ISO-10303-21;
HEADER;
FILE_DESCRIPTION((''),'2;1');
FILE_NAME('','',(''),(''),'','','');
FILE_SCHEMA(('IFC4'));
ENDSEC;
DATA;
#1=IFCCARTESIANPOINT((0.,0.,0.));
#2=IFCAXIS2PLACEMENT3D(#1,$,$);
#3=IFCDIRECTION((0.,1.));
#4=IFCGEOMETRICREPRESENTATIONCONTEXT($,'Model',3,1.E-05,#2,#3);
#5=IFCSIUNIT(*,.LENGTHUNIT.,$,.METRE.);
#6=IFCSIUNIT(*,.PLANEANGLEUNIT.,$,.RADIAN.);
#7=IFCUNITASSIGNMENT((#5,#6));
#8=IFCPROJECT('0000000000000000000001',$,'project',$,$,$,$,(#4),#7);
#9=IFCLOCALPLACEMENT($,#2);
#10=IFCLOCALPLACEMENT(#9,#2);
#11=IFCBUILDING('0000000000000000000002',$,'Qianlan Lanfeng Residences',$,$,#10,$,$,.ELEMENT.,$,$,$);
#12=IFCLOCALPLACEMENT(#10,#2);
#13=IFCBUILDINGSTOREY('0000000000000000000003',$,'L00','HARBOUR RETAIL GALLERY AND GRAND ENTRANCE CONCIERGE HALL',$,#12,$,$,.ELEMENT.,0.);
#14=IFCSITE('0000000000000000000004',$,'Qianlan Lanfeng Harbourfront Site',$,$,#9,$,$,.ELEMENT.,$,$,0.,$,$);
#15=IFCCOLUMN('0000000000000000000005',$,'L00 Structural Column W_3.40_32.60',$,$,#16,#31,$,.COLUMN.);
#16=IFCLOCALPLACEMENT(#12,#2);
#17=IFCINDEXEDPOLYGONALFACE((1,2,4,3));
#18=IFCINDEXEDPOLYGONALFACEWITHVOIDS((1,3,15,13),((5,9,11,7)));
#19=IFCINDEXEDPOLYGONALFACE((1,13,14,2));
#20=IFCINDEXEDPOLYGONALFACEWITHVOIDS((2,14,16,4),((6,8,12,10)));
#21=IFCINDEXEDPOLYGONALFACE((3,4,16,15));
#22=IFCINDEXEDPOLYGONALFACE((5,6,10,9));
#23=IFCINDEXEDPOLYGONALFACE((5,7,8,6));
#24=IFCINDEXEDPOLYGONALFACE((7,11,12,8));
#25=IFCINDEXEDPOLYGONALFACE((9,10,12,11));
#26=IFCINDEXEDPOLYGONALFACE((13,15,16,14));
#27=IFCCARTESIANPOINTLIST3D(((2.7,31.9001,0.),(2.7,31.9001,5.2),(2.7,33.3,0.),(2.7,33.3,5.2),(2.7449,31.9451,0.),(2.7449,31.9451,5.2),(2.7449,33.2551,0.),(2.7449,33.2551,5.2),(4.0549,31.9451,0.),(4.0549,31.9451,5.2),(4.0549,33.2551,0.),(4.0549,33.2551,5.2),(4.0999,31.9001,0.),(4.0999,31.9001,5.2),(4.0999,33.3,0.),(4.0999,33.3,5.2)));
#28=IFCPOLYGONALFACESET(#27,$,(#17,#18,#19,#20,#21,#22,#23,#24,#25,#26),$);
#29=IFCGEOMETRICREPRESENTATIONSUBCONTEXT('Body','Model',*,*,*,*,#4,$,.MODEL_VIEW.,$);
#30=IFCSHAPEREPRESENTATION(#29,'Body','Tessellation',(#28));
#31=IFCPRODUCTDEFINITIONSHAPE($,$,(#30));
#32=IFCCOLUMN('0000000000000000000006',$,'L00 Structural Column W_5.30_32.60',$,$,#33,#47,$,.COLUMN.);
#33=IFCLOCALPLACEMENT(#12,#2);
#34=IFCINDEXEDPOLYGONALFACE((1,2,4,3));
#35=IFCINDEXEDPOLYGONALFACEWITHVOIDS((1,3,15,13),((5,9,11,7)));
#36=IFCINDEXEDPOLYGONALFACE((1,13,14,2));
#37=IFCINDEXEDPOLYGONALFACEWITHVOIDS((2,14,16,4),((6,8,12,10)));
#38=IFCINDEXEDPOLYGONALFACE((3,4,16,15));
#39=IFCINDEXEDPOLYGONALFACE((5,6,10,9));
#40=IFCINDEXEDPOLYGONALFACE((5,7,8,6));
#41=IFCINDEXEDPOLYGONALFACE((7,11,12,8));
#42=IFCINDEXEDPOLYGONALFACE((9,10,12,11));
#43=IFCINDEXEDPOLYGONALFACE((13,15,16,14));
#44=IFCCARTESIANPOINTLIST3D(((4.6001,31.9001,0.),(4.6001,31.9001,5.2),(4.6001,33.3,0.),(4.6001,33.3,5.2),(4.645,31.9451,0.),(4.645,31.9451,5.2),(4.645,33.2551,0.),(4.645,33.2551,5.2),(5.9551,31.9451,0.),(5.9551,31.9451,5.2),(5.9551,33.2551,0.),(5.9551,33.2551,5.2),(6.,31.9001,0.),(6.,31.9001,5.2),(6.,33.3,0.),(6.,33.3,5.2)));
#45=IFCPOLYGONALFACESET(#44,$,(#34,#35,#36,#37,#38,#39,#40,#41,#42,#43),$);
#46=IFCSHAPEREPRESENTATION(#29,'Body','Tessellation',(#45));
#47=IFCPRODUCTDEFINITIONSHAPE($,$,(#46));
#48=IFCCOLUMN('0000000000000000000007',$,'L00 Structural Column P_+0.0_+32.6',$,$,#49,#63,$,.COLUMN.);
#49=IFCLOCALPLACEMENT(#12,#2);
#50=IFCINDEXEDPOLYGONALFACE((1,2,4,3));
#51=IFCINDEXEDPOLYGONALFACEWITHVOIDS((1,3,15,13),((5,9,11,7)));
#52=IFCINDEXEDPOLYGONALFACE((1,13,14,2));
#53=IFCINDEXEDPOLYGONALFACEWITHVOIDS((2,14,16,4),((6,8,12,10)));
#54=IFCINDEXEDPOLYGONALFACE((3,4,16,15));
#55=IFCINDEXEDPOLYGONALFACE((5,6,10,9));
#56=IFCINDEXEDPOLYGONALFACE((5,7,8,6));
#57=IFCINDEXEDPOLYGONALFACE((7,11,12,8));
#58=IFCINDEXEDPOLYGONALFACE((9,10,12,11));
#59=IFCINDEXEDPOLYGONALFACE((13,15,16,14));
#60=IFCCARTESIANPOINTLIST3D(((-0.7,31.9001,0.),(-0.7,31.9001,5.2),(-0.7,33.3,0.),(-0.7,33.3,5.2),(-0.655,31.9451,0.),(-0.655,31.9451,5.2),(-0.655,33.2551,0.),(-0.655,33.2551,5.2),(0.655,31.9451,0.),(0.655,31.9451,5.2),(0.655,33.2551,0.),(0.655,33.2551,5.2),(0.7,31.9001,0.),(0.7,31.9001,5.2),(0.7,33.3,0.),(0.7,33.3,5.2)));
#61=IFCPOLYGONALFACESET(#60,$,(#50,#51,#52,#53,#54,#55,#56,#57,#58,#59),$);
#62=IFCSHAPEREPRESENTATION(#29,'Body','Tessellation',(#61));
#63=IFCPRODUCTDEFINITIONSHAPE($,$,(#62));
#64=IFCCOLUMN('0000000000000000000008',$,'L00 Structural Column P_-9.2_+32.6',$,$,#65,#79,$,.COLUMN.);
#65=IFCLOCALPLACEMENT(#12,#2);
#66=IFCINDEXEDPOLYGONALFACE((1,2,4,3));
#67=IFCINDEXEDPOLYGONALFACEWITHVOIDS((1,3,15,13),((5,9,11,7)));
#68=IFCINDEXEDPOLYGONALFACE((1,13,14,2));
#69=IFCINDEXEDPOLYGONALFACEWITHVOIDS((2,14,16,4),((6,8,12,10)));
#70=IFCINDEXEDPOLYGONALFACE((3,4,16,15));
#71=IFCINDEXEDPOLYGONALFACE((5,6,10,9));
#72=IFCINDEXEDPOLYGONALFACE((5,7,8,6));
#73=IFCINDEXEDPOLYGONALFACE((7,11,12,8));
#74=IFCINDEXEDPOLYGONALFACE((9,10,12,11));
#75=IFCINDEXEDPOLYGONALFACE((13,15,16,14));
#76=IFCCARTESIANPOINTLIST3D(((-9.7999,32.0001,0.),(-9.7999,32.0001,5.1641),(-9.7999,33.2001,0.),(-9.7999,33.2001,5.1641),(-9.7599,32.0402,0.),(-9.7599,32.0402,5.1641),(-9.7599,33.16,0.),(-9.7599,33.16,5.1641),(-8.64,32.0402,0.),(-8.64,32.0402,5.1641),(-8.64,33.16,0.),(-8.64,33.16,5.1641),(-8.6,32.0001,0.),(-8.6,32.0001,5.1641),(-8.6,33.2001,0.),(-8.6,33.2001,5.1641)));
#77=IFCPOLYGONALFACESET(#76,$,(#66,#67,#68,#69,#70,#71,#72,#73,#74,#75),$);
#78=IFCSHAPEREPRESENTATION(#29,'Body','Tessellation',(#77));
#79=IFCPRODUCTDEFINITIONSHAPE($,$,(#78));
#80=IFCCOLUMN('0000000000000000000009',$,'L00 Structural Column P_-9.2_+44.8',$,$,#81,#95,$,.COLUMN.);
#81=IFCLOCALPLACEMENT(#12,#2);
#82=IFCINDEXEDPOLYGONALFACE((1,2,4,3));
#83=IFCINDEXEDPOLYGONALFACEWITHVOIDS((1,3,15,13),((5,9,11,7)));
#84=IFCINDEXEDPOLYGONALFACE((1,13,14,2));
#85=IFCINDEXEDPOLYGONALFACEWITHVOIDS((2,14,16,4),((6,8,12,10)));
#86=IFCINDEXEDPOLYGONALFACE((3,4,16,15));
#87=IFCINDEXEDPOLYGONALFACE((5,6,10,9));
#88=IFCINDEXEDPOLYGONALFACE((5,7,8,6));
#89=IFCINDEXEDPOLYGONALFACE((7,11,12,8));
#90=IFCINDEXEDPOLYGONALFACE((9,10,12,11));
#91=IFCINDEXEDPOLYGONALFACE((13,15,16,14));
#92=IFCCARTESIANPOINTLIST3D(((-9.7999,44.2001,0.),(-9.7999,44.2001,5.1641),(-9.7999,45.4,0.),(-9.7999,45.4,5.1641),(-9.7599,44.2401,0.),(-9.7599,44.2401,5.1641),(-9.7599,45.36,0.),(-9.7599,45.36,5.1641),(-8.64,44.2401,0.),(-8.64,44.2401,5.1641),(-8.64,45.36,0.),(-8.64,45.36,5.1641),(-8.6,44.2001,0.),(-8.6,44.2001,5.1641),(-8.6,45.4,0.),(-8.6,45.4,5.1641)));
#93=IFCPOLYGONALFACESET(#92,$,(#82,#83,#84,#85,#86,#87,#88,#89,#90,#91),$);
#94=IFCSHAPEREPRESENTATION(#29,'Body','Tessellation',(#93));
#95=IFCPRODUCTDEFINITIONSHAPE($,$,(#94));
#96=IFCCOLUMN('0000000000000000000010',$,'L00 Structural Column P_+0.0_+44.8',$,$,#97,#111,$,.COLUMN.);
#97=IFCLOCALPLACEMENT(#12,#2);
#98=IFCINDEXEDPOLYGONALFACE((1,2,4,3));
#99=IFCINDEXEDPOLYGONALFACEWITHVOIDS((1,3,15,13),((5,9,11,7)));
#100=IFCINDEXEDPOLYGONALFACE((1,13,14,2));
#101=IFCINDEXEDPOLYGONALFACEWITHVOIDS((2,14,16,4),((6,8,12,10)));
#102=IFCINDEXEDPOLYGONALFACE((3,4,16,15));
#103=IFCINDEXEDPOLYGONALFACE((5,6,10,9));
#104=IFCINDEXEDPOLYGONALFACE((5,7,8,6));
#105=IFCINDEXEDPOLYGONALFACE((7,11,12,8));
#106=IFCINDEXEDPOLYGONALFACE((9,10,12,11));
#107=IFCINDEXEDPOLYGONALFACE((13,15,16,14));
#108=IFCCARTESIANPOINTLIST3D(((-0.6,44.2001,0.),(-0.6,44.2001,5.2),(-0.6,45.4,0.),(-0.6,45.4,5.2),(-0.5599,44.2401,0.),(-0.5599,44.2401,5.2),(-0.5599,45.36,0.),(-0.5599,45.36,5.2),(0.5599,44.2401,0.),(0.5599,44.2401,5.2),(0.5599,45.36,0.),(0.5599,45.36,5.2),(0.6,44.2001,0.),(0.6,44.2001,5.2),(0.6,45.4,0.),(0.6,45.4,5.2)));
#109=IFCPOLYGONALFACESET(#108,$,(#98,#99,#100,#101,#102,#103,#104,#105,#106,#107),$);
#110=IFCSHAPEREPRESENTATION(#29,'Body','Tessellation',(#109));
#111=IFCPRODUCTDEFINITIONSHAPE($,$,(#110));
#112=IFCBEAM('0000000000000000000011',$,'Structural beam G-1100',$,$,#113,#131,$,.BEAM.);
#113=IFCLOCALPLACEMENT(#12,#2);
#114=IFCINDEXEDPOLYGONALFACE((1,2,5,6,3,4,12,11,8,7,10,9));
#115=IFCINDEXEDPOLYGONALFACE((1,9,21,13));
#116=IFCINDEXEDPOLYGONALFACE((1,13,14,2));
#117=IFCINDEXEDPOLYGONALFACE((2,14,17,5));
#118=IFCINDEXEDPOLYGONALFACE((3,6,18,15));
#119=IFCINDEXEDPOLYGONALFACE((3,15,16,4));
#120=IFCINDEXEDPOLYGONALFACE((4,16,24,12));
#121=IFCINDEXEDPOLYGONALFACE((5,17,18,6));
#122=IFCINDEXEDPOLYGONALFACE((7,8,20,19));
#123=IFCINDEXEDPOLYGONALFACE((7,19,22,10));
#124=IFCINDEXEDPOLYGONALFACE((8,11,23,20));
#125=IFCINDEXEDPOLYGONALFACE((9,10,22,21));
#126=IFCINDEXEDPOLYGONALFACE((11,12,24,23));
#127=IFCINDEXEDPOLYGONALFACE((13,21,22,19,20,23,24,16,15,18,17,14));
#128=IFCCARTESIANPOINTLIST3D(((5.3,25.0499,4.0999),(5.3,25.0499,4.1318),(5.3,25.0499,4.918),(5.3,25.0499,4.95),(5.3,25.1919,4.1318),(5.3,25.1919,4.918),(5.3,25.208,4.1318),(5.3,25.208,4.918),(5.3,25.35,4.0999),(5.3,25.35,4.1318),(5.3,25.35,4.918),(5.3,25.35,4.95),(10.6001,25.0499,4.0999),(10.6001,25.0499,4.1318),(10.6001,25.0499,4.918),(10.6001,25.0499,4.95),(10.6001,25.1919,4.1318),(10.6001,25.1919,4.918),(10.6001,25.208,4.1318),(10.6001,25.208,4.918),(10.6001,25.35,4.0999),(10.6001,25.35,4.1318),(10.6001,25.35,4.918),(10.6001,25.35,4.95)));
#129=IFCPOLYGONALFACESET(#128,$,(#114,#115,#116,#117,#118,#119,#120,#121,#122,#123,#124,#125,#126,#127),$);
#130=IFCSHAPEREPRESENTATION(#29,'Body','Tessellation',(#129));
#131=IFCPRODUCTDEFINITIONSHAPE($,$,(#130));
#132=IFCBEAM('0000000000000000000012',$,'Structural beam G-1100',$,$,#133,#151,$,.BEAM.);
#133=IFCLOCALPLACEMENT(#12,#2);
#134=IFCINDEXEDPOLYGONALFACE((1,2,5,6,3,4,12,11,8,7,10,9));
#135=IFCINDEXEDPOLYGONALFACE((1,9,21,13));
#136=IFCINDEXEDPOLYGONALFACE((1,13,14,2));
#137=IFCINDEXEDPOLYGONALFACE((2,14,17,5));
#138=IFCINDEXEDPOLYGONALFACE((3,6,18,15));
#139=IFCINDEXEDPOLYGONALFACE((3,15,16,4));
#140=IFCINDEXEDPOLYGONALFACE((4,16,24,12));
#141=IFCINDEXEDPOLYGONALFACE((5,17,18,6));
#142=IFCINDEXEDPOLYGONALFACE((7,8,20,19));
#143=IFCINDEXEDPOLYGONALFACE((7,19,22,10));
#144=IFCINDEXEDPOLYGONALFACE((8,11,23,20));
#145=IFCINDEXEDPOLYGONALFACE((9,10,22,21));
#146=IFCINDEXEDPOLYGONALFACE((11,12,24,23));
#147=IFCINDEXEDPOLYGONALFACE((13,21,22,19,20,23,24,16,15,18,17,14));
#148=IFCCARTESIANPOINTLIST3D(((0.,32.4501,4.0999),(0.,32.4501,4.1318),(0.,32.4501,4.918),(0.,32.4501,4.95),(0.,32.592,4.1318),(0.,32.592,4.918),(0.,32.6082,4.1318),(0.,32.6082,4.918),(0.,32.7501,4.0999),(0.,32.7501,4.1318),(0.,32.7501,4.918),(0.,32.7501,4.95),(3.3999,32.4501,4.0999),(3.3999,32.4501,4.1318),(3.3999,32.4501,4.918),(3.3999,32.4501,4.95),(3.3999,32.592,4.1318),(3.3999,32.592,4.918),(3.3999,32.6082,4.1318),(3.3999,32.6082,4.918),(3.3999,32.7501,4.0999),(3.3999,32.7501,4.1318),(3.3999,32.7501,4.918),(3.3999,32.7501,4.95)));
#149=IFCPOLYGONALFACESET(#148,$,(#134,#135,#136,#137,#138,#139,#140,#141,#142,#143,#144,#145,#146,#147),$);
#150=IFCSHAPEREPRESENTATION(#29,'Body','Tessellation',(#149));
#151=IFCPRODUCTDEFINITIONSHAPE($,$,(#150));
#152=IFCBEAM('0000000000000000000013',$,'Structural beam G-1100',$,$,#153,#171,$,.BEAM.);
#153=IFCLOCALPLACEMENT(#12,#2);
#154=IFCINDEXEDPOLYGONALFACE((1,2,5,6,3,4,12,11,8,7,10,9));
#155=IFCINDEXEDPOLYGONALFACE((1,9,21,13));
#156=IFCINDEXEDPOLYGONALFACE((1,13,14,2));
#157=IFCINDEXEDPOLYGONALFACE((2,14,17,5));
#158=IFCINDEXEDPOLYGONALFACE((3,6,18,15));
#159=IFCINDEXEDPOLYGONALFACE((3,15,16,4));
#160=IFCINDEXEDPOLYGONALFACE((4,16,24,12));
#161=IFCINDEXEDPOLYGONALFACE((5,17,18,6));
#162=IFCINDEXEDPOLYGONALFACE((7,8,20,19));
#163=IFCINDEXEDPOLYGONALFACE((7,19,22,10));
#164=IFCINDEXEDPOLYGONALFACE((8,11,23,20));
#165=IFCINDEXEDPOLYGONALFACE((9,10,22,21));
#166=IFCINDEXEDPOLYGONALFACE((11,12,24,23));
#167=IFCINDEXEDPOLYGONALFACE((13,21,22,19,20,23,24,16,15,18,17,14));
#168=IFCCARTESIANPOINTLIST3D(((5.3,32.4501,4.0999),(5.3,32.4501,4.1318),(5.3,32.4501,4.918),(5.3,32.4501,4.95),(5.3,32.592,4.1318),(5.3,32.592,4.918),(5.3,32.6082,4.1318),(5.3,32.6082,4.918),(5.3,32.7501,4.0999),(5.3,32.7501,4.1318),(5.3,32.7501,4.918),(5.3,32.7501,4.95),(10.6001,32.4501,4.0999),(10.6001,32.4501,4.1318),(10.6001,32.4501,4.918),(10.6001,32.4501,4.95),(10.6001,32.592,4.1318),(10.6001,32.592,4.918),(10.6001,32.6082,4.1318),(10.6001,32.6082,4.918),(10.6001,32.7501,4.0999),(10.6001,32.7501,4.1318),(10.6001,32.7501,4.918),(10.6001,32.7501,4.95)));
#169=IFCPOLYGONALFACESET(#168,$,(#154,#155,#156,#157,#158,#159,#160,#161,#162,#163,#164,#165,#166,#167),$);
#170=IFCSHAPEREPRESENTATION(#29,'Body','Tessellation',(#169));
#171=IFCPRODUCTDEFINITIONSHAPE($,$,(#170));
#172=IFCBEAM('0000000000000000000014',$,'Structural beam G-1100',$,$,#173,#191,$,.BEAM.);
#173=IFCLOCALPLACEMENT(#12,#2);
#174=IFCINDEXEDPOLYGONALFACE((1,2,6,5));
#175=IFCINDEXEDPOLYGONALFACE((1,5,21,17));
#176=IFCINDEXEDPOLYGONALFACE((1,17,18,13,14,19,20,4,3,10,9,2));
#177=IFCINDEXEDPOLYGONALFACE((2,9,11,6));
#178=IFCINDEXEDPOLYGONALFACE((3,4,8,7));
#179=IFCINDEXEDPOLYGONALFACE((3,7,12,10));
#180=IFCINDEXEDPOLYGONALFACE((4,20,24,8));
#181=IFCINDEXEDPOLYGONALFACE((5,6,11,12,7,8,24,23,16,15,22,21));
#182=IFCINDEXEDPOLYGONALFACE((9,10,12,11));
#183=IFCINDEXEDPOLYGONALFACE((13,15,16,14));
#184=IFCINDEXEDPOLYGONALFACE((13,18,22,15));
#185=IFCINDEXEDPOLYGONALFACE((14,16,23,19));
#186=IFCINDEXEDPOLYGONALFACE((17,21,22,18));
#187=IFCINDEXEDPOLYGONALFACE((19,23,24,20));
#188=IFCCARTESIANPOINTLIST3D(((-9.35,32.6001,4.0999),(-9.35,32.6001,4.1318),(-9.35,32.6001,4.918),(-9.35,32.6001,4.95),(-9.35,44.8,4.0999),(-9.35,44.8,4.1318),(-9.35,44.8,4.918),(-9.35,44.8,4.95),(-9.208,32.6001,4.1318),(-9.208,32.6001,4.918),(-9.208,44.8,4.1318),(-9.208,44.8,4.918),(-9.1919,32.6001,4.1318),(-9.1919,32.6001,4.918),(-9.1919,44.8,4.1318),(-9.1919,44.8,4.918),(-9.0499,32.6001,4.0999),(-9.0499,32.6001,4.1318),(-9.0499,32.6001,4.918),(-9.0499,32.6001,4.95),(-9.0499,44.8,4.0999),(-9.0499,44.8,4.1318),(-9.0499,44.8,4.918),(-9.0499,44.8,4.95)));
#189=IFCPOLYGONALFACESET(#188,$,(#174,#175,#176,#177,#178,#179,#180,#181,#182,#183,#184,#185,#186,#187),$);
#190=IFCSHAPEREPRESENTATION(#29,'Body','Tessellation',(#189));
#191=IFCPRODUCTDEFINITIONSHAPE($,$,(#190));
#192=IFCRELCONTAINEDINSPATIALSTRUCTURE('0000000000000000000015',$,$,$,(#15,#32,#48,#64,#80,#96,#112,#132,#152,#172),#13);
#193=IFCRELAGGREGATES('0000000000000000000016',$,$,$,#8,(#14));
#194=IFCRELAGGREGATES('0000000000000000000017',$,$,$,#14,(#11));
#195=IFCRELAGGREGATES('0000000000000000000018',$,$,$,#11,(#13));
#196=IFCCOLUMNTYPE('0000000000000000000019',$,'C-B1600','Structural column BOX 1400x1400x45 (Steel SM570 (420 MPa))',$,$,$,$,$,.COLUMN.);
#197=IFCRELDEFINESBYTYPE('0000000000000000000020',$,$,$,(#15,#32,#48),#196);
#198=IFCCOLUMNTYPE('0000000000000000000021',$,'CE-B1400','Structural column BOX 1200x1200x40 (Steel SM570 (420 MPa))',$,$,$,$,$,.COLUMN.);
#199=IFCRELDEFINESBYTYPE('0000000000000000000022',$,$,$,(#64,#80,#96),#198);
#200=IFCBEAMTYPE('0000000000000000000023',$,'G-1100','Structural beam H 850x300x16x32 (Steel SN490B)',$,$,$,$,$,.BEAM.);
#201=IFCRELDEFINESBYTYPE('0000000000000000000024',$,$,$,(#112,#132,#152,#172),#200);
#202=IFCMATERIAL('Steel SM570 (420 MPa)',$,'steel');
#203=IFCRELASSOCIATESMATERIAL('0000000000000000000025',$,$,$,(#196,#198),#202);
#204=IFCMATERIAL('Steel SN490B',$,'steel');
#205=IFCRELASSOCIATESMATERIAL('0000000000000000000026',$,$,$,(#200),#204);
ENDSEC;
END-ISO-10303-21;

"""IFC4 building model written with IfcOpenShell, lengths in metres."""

from ifc_helpers import new_model, si_unit, direction, frame, origin, origin_2d, place, context, subcontext, project, spatial, hollow_rectangle, i_section, extrude, material, material_profile, profile_set, type_object, element, save


model = new_model("IFC4")

# Units and contexts
model_context = context("Model", 3, precision=1e-05, world=origin(), true_north=direction((0.0, 1.0)))
body_context = subcontext(model_context, "Body", "Model", "MODEL_VIEW")
ifc_project = project(units=[si_unit("LENGTHUNIT", "METRE"), si_unit("PLANEANGLEUNIT", "RADIAN")], contexts=[model_context])

# Site, building, storey
site_placement = place(None, origin())
site = spatial("IfcSite", under=ifc_project, at=site_placement, Name="Qianlan Lanfeng Harbourfront Site", CompositionType="ELEMENT", RefElevation=0.0)
building_placement = place(site_placement, origin())
building = spatial("IfcBuilding", under=site, at=building_placement, Name="Qianlan Lanfeng Residences", CompositionType="ELEMENT")
storey_placement = place(building_placement, origin())
storey = spatial("IfcBuildingStorey", under=building, at=storey_placement, Name="L00", Description="HARBOUR RETAIL GALLERY AND GRAND ENTRANCE CONCIERGE HALL", CompositionType="ELEMENT", Elevation=0.0)

# Columns
ifc_material_1 = material(Name="Steel SM570 (420 MPa)", Category="steel")
ifc_material_profile_1 = material_profile(ifc_material_1, hollow_rectangle(XDim=1.3999, YDim=1.3999, WallThickness=0.0449, at=origin_2d()), Name="BOX 1400x1400x45")
ifc_profile_set_1 = profile_set([ifc_material_profile_1], Name="Steel SM570 (420 MPa)")
column_type_1 = type_object("IfcColumnType", Name="C-B1600", Description="Structural column BOX 1400x1400x45 (Steel SM570 (420 MPa))", PredefinedType="COLUMN", material=ifc_profile_set_1)
for number, where, z_axis, x_axis, name in (
    (1, (3.3999, 32.6001, 0.0), (0.0, 0.0, 1.0), (1.0, 0.0, 0.0), "L00 Structural Column W_3.40_32.60"),
    (2, (5.3, 32.6001, 0.0), (0.0, 0.0, 1.0), (1.0, 0.0, 0.0), "L00 Structural Column W_5.30_32.60"),
    (3, (0.0, 32.6001, 0.0), (0.0, 0.0, 1.0), (1.0, 0.0, 0.0), "L00 Structural Column P_+0.0_+32.6"),
):
    element("IfcColumn", number, at=place(storey_placement, frame(where, z_axis=z_axis, x_axis=x_axis)), inside=storey, type_object=column_type_1, Name=name, PredefinedType="COLUMN", context=body_context, shape_type="SweptSolid", body=[
        extrude(hollow_rectangle(XDim=1.3999, YDim=1.3999, WallThickness=0.0449, at=origin_2d()), origin(), (0.0, 0.0, 1.0), 5.2),
    ])
ifc_material_profile_2 = material_profile(ifc_material_1, hollow_rectangle(XDim=1.2, YDim=1.2, WallThickness=0.04, at=origin_2d()), Name="BOX 1200x1200x40")
ifc_profile_set_2 = profile_set([ifc_material_profile_2], Name="Steel SM570 (420 MPa)")
column_type_2 = type_object("IfcColumnType", Name="CE-B1400", Description="Structural column BOX 1200x1200x40 (Steel SM570 (420 MPa))", PredefinedType="COLUMN", material=ifc_profile_set_2)
for number, where, z_axis, x_axis, name in (
    (4, (-9.2, 32.6001, 0.0), (0.0, 0.0, 1.0), (1.0, 0.0, 0.0), "L00 Structural Column P_-9.2_+32.6"),
    (5, (-9.2, 44.8, 0.0), (0.0, 0.0, 1.0), (1.0, 0.0, 0.0), "L00 Structural Column P_-9.2_+44.8"),
):
    element("IfcColumn", number, at=place(storey_placement, frame(where, z_axis=z_axis, x_axis=x_axis)), inside=storey, type_object=column_type_2, Name=name, PredefinedType="COLUMN", context=body_context, shape_type="SweptSolid", body=[
        extrude(hollow_rectangle(XDim=1.2, YDim=1.2, WallThickness=0.04, at=origin_2d()), origin(), (0.0, 0.0, 1.0), 5.1641),
    ])
column_placement = place(storey_placement, frame((0.0, 44.8, 0.0), z_axis=(0.0, 0.0, 1.0), x_axis=(1.0, 0.0, 0.0)))
element("IfcColumn", 6, at=column_placement, inside=storey, type_object=column_type_2, Name="L00 Structural Column P_+0.0_+44.8", PredefinedType="COLUMN", context=body_context, shape_type="SweptSolid", body=[
    extrude(hollow_rectangle(XDim=1.2, YDim=1.2, WallThickness=0.04, at=origin_2d()), origin(), (0.0, 0.0, 1.0), 5.2),
])

# Beams
ifc_material_2 = material(Name="Steel SN490B", Category="steel")
ifc_material_profile_3 = material_profile(ifc_material_2, i_section(OverallWidth=0.3, OverallDepth=0.8501, WebThickness=0.0161, FlangeThickness=0.032, at=origin_2d()), Name="H 850x300x16x32")
ifc_profile_set_3 = profile_set([ifc_material_profile_3], Name="Steel SN490B")
beam_type_1 = type_object("IfcBeamType", Name="G-1100", Description="Structural beam H 850x300x16x32 (Steel SN490B)", PredefinedType="BEAM", material=ifc_profile_set_3)
beam_1_placement = place(storey_placement, frame((5.3, 25.2, 4.5249), z_axis=(1.0, 0.0, 0.0), x_axis=(0.0, 1.0, 0.0)))
element("IfcBeam", 7, at=beam_1_placement, inside=storey, type_object=beam_type_1, Name="Structural beam G-1100", PredefinedType="BEAM", context=body_context, shape_type="SweptSolid", body=[
    extrude(i_section(OverallWidth=0.3, OverallDepth=0.8501, WebThickness=0.0161, FlangeThickness=0.032, at=origin_2d()), origin(), (0.0, 0.0, 1.0), 5.3),
])
beam_2_placement = place(storey_placement, frame((0.0, 32.6001, 4.5249), z_axis=(1.0, 0.0, 0.0), x_axis=(0.0, 1.0, 0.0)))
element("IfcBeam", 8, at=beam_2_placement, inside=storey, type_object=beam_type_1, Name="Structural beam G-1100", PredefinedType="BEAM", context=body_context, shape_type="SweptSolid", body=[
    extrude(i_section(OverallWidth=0.3, OverallDepth=0.8501, WebThickness=0.0161, FlangeThickness=0.032, at=origin_2d()), origin(), (0.0, 0.0, 1.0), 3.3999),
])
beam_3_placement = place(storey_placement, frame((5.3, 32.6001, 4.5249), z_axis=(1.0, 0.0, 0.0), x_axis=(0.0, 1.0, 0.0)))
element("IfcBeam", 9, at=beam_3_placement, inside=storey, type_object=beam_type_1, Name="Structural beam G-1100", PredefinedType="BEAM", context=body_context, shape_type="SweptSolid", body=[
    extrude(i_section(OverallWidth=0.3, OverallDepth=0.8501, WebThickness=0.0161, FlangeThickness=0.032, at=origin_2d()), origin(), (0.0, 0.0, 1.0), 5.3),
])
for number, where, z_axis, x_axis, name in (
    (10, (-9.2, 32.6001, 4.5249), (0.0, 1.0, 0.0), (-1.0, 0.0, 0.0), "Structural beam G-1100"),
):
    element("IfcBeam", number, at=place(storey_placement, frame(where, z_axis=z_axis, x_axis=x_axis)), inside=storey, type_object=beam_type_1, Name=name, PredefinedType="BEAM", context=body_context, shape_type="SweptSolid", body=[
        extrude(i_section(OverallWidth=0.3, OverallDepth=0.8501, WebThickness=0.0161, FlangeThickness=0.032, at=origin_2d()), origin(), (0.0, 0.0, 1.0), 12.2),
    ])

save(model, "model.ifc")
